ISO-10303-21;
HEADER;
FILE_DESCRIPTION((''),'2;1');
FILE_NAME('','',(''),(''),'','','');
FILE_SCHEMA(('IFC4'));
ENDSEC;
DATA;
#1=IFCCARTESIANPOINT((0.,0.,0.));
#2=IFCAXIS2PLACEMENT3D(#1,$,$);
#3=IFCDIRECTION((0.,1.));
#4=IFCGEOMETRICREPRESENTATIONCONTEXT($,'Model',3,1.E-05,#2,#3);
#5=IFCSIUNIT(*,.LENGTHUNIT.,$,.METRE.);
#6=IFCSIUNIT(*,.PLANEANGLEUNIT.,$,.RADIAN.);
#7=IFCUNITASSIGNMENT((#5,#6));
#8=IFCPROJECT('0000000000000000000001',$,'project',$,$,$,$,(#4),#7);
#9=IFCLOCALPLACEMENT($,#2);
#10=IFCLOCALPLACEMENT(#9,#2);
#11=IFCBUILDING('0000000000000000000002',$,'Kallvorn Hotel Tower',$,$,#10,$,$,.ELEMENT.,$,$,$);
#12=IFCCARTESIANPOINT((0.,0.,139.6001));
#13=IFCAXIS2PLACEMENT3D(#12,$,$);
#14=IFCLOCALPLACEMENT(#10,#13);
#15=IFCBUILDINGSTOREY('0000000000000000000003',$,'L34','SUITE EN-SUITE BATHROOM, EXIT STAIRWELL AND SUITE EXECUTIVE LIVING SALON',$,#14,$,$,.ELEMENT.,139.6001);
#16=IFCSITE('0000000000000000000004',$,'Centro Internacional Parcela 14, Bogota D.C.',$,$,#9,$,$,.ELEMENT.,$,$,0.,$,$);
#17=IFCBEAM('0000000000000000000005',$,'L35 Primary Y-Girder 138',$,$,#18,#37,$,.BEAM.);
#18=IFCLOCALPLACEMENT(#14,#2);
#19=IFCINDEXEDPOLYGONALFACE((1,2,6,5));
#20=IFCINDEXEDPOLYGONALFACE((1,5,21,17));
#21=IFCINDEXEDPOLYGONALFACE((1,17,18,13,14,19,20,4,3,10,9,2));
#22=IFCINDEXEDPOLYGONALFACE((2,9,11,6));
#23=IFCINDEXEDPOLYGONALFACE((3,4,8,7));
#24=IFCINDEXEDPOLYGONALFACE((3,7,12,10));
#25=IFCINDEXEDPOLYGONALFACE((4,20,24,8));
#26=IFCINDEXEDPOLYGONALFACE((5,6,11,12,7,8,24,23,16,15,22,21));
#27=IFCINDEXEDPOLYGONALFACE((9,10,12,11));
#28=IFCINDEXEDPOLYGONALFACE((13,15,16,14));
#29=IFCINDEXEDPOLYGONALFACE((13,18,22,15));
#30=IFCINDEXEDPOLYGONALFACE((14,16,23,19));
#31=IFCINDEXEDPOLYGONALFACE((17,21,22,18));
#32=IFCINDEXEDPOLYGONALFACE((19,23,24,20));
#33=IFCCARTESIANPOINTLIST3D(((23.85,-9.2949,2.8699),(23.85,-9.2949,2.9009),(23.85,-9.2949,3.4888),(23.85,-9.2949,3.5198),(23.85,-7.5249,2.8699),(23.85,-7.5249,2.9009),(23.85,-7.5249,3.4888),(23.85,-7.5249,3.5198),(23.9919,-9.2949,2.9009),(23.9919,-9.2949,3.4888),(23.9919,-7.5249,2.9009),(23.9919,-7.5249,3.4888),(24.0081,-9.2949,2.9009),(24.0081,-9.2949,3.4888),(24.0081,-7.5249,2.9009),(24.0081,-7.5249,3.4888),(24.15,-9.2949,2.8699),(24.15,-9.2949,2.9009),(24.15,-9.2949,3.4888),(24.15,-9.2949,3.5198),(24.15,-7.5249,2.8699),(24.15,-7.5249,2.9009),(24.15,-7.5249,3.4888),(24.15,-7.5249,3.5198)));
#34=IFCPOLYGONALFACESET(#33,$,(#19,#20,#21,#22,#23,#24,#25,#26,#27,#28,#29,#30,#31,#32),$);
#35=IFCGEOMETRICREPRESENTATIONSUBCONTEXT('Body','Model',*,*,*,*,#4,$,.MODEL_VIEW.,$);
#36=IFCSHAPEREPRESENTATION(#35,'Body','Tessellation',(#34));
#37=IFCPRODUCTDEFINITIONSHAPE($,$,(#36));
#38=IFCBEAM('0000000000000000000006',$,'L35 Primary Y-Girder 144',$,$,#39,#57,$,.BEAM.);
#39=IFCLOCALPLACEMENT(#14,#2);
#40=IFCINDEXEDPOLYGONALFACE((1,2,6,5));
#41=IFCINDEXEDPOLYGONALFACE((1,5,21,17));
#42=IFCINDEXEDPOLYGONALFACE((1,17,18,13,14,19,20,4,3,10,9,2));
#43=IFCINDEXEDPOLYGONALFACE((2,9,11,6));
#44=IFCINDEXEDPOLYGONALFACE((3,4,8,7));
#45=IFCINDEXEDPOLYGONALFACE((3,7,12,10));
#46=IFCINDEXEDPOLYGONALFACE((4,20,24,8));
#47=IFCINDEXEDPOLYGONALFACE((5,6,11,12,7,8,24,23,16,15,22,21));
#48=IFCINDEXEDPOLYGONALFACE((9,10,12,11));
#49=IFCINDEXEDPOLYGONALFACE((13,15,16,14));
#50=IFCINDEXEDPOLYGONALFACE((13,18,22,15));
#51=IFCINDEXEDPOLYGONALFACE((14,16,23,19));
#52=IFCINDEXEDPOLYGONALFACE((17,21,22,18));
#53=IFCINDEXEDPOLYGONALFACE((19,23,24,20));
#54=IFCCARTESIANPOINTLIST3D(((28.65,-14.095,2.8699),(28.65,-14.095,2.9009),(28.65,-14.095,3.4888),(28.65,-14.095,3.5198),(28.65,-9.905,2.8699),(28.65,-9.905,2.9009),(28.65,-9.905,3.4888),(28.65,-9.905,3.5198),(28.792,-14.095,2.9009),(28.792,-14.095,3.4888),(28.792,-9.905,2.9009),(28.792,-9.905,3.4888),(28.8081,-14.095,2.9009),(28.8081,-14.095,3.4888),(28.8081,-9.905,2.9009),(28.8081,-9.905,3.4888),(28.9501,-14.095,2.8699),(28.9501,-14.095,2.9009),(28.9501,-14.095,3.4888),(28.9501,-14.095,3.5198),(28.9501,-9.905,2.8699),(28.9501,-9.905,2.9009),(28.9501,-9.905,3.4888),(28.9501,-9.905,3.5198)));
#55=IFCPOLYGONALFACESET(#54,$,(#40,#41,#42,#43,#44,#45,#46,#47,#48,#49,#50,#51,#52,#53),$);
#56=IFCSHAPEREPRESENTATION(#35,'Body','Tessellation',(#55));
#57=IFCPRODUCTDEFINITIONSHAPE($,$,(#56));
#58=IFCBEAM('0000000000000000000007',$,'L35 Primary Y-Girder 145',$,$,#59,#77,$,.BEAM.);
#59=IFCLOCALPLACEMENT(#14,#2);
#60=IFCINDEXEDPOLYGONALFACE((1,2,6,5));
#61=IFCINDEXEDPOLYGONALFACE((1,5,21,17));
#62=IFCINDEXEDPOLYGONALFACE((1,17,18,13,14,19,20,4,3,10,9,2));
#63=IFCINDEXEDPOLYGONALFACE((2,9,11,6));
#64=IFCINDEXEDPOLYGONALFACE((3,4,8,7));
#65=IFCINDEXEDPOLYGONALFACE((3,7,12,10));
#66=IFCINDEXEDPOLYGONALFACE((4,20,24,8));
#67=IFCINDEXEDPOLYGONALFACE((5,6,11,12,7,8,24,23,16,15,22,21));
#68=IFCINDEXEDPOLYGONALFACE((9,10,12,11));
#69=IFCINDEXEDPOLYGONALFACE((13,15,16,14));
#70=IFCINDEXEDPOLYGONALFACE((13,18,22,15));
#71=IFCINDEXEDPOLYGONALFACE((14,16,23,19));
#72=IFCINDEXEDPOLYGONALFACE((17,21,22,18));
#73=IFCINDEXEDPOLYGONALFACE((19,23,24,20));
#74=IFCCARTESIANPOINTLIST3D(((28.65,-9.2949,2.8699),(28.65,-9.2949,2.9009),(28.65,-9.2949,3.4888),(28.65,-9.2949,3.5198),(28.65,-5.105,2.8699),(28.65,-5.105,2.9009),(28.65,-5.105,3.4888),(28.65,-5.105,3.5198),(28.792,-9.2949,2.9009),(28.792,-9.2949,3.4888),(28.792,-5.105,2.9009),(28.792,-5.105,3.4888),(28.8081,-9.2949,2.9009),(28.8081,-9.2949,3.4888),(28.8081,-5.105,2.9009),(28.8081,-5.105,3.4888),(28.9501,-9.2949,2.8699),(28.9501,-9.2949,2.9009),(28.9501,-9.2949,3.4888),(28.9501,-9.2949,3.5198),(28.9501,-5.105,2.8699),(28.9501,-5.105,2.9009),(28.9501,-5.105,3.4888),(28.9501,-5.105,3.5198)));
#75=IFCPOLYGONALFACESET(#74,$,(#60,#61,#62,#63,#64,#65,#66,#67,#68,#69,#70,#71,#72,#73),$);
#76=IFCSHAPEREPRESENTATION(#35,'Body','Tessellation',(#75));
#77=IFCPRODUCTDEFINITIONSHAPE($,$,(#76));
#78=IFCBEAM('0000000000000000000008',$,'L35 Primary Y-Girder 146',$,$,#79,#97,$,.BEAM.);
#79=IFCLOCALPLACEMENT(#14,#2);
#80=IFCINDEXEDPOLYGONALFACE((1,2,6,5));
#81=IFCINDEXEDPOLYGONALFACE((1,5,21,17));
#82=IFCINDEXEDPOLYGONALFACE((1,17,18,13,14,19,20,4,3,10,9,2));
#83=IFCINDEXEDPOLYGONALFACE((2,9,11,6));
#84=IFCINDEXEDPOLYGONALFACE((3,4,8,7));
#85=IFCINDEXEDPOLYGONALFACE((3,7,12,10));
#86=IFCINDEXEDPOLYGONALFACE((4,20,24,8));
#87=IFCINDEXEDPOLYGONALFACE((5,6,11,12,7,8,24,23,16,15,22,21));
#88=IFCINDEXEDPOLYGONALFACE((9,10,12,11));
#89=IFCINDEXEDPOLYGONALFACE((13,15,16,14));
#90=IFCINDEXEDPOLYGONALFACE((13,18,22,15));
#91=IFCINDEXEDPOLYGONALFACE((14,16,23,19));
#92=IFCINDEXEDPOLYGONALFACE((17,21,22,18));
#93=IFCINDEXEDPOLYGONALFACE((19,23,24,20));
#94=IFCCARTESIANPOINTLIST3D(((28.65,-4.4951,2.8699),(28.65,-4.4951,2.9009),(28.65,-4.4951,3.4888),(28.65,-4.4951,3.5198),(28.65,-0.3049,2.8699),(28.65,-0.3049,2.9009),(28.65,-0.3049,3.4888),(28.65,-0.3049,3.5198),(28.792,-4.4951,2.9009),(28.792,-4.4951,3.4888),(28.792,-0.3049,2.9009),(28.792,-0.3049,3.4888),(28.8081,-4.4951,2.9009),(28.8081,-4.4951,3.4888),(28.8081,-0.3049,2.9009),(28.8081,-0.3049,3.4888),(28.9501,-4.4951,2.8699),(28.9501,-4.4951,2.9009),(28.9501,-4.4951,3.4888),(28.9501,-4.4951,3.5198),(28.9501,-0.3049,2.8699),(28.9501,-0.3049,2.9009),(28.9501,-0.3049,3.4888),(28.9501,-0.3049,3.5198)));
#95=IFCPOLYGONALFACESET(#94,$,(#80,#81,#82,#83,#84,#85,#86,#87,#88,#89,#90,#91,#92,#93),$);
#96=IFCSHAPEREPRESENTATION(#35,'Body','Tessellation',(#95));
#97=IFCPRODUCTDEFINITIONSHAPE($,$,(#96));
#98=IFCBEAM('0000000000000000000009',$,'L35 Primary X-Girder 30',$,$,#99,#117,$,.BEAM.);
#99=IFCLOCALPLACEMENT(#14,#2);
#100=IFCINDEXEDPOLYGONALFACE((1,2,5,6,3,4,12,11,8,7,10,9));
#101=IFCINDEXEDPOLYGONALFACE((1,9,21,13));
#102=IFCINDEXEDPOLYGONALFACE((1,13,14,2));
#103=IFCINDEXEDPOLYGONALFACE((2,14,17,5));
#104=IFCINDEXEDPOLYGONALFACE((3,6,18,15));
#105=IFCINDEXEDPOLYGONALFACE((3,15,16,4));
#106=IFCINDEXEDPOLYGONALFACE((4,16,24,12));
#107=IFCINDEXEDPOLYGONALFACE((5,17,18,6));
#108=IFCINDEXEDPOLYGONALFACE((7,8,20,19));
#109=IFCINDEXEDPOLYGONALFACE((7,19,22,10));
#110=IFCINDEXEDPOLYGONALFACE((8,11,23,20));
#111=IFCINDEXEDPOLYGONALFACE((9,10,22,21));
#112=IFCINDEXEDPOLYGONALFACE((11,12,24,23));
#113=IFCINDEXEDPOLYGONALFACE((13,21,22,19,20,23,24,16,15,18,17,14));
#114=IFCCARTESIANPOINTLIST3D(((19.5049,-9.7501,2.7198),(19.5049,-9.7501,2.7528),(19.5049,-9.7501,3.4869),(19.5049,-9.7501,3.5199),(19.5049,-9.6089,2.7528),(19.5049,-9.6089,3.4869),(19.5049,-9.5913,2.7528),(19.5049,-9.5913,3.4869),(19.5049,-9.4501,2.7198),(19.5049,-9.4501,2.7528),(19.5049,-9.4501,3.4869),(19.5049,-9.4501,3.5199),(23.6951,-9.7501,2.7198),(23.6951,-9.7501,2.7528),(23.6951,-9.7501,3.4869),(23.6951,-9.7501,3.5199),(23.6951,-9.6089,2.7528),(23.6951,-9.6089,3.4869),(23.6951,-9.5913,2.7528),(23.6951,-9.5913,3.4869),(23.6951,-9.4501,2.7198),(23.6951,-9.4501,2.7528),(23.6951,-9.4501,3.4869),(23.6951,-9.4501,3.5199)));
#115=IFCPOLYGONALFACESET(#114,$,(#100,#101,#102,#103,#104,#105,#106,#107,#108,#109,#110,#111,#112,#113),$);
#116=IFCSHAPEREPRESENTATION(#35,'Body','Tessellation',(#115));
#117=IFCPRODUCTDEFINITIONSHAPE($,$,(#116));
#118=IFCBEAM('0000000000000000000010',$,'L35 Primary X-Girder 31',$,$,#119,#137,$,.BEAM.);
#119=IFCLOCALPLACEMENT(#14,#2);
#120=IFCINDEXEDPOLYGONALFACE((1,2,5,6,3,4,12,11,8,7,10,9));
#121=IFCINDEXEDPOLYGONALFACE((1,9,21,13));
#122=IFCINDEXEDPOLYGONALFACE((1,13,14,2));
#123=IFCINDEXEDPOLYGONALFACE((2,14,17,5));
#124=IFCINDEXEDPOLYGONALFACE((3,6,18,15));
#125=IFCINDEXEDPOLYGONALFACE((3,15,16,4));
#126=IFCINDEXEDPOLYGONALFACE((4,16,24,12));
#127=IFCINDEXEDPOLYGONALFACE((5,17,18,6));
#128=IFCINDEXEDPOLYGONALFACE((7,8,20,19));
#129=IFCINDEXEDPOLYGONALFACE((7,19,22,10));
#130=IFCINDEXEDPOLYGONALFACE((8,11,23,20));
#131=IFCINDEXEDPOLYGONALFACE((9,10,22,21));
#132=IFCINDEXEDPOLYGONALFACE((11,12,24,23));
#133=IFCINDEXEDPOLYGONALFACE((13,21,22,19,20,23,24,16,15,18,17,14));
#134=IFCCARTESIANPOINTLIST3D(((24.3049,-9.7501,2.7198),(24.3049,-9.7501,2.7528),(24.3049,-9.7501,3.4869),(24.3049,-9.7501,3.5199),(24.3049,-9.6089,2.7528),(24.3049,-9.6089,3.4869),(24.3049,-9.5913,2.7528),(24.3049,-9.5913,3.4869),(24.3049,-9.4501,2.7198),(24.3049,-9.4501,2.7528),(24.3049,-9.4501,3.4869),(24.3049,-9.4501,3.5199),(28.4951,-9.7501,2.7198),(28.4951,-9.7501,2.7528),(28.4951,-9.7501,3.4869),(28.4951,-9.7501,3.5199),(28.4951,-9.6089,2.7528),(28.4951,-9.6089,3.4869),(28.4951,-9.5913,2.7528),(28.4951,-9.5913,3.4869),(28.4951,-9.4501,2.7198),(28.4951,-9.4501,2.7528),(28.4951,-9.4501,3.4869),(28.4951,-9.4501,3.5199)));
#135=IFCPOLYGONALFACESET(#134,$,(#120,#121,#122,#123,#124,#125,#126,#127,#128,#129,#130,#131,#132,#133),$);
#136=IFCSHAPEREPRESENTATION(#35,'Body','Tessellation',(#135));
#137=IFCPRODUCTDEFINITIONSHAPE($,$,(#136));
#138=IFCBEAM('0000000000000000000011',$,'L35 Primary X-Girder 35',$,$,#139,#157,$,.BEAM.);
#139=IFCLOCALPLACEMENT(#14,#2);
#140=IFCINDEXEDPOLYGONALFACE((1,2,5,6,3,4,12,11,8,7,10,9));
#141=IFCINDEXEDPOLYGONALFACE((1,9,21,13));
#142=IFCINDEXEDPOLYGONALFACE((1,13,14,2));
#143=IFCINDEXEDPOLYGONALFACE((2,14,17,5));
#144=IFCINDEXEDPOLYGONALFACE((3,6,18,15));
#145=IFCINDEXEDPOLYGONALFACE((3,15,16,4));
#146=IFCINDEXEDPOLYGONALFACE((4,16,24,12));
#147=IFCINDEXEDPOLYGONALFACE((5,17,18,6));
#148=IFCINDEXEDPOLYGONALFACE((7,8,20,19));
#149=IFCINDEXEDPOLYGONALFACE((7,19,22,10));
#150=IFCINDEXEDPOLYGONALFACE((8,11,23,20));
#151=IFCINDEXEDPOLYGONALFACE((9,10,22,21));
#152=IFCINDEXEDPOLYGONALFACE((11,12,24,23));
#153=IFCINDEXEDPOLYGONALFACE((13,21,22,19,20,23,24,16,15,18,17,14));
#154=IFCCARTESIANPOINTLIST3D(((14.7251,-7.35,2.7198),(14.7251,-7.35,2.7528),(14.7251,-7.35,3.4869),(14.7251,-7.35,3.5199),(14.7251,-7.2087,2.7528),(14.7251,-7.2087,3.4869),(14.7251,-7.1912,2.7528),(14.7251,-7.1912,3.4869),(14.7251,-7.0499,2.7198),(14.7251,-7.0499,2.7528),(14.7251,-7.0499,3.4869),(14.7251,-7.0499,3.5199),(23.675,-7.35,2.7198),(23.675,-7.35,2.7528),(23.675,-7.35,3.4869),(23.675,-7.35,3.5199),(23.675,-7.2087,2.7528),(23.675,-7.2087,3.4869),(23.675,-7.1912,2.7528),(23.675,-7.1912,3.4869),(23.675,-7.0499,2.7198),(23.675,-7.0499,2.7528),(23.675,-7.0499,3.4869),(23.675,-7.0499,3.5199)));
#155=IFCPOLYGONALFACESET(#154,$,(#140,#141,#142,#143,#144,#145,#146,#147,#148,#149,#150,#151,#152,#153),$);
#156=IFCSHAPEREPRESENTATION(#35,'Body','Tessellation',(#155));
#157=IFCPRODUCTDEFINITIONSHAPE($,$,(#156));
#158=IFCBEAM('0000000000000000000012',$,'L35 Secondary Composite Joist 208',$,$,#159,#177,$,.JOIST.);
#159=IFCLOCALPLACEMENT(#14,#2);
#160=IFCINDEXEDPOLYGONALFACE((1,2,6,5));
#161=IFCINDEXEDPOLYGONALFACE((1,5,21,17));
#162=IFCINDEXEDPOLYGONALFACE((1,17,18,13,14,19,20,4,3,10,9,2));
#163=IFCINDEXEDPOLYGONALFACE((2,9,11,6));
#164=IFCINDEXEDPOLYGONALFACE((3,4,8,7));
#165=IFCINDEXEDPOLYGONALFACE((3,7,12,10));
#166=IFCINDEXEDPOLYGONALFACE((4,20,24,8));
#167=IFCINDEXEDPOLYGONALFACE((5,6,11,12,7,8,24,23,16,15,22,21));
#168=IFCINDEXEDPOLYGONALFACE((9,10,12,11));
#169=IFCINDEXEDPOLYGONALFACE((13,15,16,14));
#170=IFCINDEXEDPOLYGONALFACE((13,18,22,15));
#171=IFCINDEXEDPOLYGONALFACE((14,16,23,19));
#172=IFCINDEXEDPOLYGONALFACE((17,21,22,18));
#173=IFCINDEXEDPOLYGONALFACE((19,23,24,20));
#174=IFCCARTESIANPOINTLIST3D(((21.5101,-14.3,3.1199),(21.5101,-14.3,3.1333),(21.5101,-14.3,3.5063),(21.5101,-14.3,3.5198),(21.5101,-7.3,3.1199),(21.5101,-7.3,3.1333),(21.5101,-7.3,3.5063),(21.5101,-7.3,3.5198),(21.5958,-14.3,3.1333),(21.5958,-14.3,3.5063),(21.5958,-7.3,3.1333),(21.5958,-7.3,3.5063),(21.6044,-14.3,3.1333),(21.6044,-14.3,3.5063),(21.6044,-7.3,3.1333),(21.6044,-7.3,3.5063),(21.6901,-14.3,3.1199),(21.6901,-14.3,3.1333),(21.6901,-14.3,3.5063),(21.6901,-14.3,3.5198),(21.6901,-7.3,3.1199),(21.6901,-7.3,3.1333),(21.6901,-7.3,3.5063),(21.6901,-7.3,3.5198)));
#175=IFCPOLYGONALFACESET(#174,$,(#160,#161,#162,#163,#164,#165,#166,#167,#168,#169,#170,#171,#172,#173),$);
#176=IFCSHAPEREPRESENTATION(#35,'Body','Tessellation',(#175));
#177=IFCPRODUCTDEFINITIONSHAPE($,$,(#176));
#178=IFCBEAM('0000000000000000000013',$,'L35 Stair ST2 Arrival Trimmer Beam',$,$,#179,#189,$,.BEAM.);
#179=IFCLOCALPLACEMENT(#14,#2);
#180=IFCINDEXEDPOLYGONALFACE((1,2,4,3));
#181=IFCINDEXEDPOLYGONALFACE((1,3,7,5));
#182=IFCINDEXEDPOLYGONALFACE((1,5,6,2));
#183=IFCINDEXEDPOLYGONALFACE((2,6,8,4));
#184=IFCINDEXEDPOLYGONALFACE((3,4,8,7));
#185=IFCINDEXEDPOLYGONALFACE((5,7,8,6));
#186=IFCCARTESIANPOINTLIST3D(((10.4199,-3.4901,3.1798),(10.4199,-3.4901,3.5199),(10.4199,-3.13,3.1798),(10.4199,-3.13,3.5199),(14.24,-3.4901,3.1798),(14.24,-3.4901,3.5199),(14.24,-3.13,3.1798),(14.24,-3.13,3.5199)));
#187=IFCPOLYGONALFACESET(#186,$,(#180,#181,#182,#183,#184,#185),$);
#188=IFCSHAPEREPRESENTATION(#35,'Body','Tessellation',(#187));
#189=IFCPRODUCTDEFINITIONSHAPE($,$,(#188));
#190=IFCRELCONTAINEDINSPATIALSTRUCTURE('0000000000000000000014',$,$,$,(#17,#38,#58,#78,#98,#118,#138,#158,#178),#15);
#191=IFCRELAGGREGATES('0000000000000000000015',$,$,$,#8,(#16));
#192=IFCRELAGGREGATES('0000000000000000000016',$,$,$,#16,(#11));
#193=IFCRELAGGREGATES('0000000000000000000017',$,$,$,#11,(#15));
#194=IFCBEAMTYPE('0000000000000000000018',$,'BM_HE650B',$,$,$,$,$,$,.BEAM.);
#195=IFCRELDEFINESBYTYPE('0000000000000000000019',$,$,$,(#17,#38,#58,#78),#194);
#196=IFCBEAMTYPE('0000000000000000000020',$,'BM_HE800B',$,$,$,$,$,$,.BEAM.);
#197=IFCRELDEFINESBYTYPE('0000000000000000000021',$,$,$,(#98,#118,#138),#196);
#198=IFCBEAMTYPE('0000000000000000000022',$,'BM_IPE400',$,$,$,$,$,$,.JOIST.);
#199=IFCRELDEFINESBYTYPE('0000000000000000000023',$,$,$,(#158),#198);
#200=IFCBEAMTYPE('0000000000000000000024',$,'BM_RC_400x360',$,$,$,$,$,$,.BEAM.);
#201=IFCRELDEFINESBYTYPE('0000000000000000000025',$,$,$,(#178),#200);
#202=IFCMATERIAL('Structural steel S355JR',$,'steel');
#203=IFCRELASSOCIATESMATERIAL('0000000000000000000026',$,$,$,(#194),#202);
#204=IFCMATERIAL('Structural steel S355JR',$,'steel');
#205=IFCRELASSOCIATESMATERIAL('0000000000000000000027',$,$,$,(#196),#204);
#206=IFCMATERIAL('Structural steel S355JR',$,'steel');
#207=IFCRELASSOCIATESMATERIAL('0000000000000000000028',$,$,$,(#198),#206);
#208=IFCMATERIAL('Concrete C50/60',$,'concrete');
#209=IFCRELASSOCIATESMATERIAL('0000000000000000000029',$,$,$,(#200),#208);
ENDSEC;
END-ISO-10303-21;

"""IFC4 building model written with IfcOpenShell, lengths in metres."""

from ifc_helpers import new_model, si_unit, direction, frame, origin, origin_2d, place, context, subcontext, project, spatial, rectangle, i_section, extrude, material, material_profile, profile_set, type_object, element, save


model = new_model("IFC4")

# Units and contexts
model_context = context("Model", 3, precision=1e-05, world=origin(), true_north=direction((0.0, 1.0)))
body_context = subcontext(model_context, "Body", "Model", "MODEL_VIEW")
ifc_project = project(units=[si_unit("LENGTHUNIT", "METRE"), si_unit("PLANEANGLEUNIT", "RADIAN")], contexts=[model_context])

# Site, building, storey
site_placement = place(None, origin())
site = spatial("IfcSite", under=ifc_project, at=site_placement, Name="Centro Internacional Parcela 14, Bogota D.C.", CompositionType="ELEMENT", RefElevation=0.0)
building_placement = place(site_placement, origin())
building = spatial("IfcBuilding", under=site, at=building_placement, Name="Kallvorn Hotel Tower", CompositionType="ELEMENT")
storey_placement = place(building_placement, frame((0.0, 0.0, 139.6001)))
storey = spatial("IfcBuildingStorey", under=building, at=storey_placement, Name="L34", Description="SUITE EN-SUITE BATHROOM, EXIT STAIRWELL AND SUITE EXECUTIVE LIVING SALON", CompositionType="ELEMENT", Elevation=139.6001)

# Beams
ifc_material_1 = material(Name="Structural steel S355JR", Category="steel")
ifc_material_profile_1 = material_profile(ifc_material_1, i_section(OverallWidth=0.3, OverallDepth=0.6499, WebThickness=0.0161, FlangeThickness=0.031, at=origin_2d()), Name="HE 650 B")
ifc_profile_set_1 = profile_set([ifc_material_profile_1], Name="Structural steel S355JR")
beam_type_1 = type_object("IfcBeamType", Name="BM_HE650B", PredefinedType="BEAM", material=ifc_profile_set_1)
beam_1_placement = place(storey_placement, frame((24.0, -9.2949, 3.1948), z_axis=(0.0, 1.0, 0.0), x_axis=(-1.0, 0.0, 0.0)))
element("IfcBeam", 1, at=beam_1_placement, inside=storey, type_object=beam_type_1, Name="L35 Primary Y-Girder 138", PredefinedType="BEAM", context=body_context, shape_type="SweptSolid", body=[
    extrude(i_section(OverallWidth=0.3, OverallDepth=0.6499, WebThickness=0.0161, FlangeThickness=0.031, at=origin_2d()), origin(), (0.0, 0.0, 1.0), 1.77),
])
for number, where, z_axis, x_axis, name in (
    (2, (28.8, -14.095, 3.1948), (0.0, 1.0, 0.0), (-1.0, 0.0, 0.0), "L35 Primary Y-Girder 144"),
    (3, (28.8, -9.2949, 3.1948), (0.0, 1.0, 0.0), (-1.0, 0.0, 0.0), "L35 Primary Y-Girder 145"),
):
    element("IfcBeam", number, at=place(storey_placement, frame(where, z_axis=z_axis, x_axis=x_axis)), inside=storey, type_object=beam_type_1, Name=name, PredefinedType="BEAM", context=body_context, shape_type="SweptSolid", body=[
        extrude(i_section(OverallWidth=0.3, OverallDepth=0.6499, WebThickness=0.0161, FlangeThickness=0.031, at=origin_2d()), origin(), (0.0, 0.0, 1.0), 4.1899),
    ])
beam_2_placement = place(storey_placement, frame((28.8, -4.4951, 3.1948), z_axis=(0.0, 1.0, 0.0), x_axis=(-1.0, 0.0, 0.0)))
element("IfcBeam", 4, at=beam_2_placement, inside=storey, type_object=beam_type_1, Name="L35 Primary Y-Girder 146", PredefinedType="BEAM", context=body_context, shape_type="SweptSolid", body=[
    extrude(i_section(OverallWidth=0.3, OverallDepth=0.6499, WebThickness=0.0161, FlangeThickness=0.031, at=origin_2d()), origin(), (0.0, 0.0, 1.0), 4.1902),
])
ifc_material_2 = material(Name="Structural steel S355JR", Category="steel")
ifc_material_profile_2 = material_profile(ifc_material_2, i_section(OverallWidth=0.3, OverallDepth=0.8, WebThickness=0.0176, FlangeThickness=0.033, at=origin_2d()), Name="HE 800 B")
ifc_profile_set_2 = profile_set([ifc_material_profile_2], Name="Structural steel S355JR")
beam_type_2 = type_object("IfcBeamType", Name="BM_HE800B", PredefinedType="BEAM", material=ifc_profile_set_2)
for number, where, z_axis, x_axis, name in (
    (5, (19.5049, -9.6001, 3.1199), (1.0, 0.0, 0.0), (0.0, 1.0, 0.0), "L35 Primary X-Girder 30"),
    (6, (24.3049, -9.6001, 3.1199), (1.0, 0.0, 0.0), (0.0, 1.0, 0.0), "L35 Primary X-Girder 31"),
):
    element("IfcBeam", number, at=place(storey_placement, frame(where, z_axis=z_axis, x_axis=x_axis)), inside=storey, type_object=beam_type_2, Name=name, PredefinedType="BEAM", context=body_context, shape_type="SweptSolid", body=[
        extrude(i_section(OverallWidth=0.3, OverallDepth=0.8, WebThickness=0.0176, FlangeThickness=0.033, at=origin_2d()), origin(), (0.0, 0.0, 1.0), 4.1902),
    ])
beam_3_placement = place(storey_placement, frame((14.7251, -7.2, 3.1199), z_axis=(1.0, 0.0, 0.0), x_axis=(0.0, 1.0, 0.0)))
element("IfcBeam", 7, at=beam_3_placement, inside=storey, type_object=beam_type_2, Name="L35 Primary X-Girder 35", PredefinedType="BEAM", context=body_context, shape_type="SweptSolid", body=[
    extrude(i_section(OverallWidth=0.3, OverallDepth=0.8, WebThickness=0.0176, FlangeThickness=0.033, at=origin_2d()), origin(), (0.0, 0.0, 1.0), 8.95),
])
ifc_material_3 = material(Name="Structural steel S355JR", Category="steel")
ifc_material_profile_3 = material_profile(ifc_material_3, i_section(OverallWidth=0.1799, OverallDepth=0.3999, WebThickness=0.0085, FlangeThickness=0.0134, at=origin_2d()), Name="IPE 400")
ifc_profile_set_3 = profile_set([ifc_material_profile_3], Name="Structural steel S355JR")
beam_type_3 = type_object("IfcBeamType", Name="BM_IPE400", PredefinedType="JOIST", material=ifc_profile_set_3)
beam_4_placement = place(storey_placement, frame((21.6001, -14.3, 3.3198), z_axis=(0.0, 1.0, 0.0), x_axis=(-1.0, 0.0, 0.0)))
element("IfcBeam", 8, at=beam_4_placement, inside=storey, type_object=beam_type_3, Name="L35 Secondary Composite Joist 208", PredefinedType="JOIST", context=body_context, shape_type="SweptSolid", body=[
    extrude(i_section(OverallWidth=0.1799, OverallDepth=0.3999, WebThickness=0.0085, FlangeThickness=0.0134, at=origin_2d()), origin(), (0.0, 0.0, 1.0), 7.0),
])
ifc_material_4 = material(Name="Concrete C50/60", Category="concrete")
ifc_material_profile_4 = material_profile(ifc_material_4, rectangle(XDim=0.3601, YDim=0.3401, at=origin_2d()), Name="RC 360x340")
ifc_profile_set_4 = profile_set([ifc_material_profile_4], Name="Concrete C50/60")
beam_type_4 = type_object("IfcBeamType", Name="BM_RC_400x360", PredefinedType="BEAM", material=ifc_profile_set_4)
beam_5_placement = place(storey_placement, frame((14.24, -3.3101, 3.3499), z_axis=(-1.0, 0.0, 0.0), x_axis=(0.0, -1.0, 0.0)))
element("IfcBeam", 9, at=beam_5_placement, inside=storey, type_object=beam_type_4, Name="L35 Stair ST2 Arrival Trimmer Beam", PredefinedType="BEAM", context=body_context, shape_type="SweptSolid", body=[
    extrude(rectangle(XDim=0.3601, YDim=0.3401, at=origin_2d()), origin(), (0.0, 0.0, 1.0), 3.8201),
])

save(model, "model.ifc")
